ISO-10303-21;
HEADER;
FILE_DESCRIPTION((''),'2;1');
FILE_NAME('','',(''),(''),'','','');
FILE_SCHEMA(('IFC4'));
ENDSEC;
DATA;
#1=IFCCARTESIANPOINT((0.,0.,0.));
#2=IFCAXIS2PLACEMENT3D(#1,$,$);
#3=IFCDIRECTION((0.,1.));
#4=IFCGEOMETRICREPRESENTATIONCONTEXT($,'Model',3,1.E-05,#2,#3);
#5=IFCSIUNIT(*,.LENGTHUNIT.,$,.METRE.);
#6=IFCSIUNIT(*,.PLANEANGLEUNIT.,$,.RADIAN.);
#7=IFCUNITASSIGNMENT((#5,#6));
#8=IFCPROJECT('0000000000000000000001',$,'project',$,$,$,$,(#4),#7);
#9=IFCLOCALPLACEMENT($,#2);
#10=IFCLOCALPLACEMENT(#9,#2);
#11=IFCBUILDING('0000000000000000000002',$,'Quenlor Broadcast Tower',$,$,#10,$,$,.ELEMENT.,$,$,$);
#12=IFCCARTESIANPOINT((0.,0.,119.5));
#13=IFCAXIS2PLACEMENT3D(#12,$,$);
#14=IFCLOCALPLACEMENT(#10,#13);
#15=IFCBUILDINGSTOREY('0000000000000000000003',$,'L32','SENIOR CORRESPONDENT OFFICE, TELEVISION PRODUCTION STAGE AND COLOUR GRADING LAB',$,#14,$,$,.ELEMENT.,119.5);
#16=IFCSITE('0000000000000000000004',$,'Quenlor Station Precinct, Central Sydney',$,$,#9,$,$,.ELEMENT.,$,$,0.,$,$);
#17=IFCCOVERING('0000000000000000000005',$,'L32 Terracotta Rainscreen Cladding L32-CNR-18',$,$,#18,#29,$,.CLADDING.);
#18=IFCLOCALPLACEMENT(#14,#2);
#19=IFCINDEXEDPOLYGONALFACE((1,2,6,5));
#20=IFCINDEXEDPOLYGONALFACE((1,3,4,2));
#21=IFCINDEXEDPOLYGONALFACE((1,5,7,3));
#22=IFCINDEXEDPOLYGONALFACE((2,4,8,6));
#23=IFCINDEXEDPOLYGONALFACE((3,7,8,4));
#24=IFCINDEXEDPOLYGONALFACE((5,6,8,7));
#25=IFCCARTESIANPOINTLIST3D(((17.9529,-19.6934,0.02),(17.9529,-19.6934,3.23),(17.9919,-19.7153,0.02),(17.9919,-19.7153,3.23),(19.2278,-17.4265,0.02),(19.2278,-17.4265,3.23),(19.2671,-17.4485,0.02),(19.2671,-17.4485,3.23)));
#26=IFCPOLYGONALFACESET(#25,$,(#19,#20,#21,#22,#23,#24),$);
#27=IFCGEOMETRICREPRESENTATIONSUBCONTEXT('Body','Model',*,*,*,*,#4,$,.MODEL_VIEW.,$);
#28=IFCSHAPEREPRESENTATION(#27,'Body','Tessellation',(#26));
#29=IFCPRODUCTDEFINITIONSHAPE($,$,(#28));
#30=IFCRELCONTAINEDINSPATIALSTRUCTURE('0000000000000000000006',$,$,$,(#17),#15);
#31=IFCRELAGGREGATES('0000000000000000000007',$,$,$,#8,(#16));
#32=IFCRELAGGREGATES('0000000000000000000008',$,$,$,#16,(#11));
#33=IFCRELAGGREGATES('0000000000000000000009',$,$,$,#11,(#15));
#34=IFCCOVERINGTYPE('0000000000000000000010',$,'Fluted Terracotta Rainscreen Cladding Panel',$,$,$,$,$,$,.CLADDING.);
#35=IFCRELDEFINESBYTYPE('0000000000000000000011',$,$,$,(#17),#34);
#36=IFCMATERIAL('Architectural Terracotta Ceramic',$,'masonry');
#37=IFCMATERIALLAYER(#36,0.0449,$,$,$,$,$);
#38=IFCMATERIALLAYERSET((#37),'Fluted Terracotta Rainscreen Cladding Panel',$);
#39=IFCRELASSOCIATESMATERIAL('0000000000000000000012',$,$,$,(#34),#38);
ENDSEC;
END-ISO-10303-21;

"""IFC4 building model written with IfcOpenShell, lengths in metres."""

from ifc_helpers import new_model, si_unit, direction, frame, origin, place, context, subcontext, project, spatial, polyline, outline, extrude, material, layer, layer_set, type_object, element, save


model = new_model("IFC4")

# Units and contexts
model_context = context("Model", 3, precision=1e-05, world=origin(), true_north=direction((0.0, 1.0)))
body_context = subcontext(model_context, "Body", "Model", "MODEL_VIEW")
ifc_project = project(units=[si_unit("LENGTHUNIT", "METRE"), si_unit("PLANEANGLEUNIT", "RADIAN")], contexts=[model_context])

# Site, building, storey
site_placement = place(None, origin())
site = spatial("IfcSite", under=ifc_project, at=site_placement, Name="Quenlor Station Precinct, Central Sydney", CompositionType="ELEMENT", RefElevation=0.0)
building_placement = place(site_placement, origin())
building = spatial("IfcBuilding", under=site, at=building_placement, Name="Quenlor Broadcast Tower", CompositionType="ELEMENT")
storey_placement = place(building_placement, frame((0.0, 0.0, 119.5)))
storey = spatial("IfcBuildingStorey", under=building, at=storey_placement, Name="L32", Description="SENIOR CORRESPONDENT OFFICE, TELEVISION PRODUCTION STAGE AND COLOUR GRADING LAB", CompositionType="ELEMENT", Elevation=119.5)

# Covering
ifc_material_1 = material(Name="Architectural Terracotta Ceramic", Category="masonry")
ifc_layer_1 = layer(ifc_material_1, 0.0449)
ifc_layer_set_1 = layer_set([ifc_layer_1], Name="Fluted Terracotta Rainscreen Cladding Panel")
covering_type_1 = type_object("IfcCoveringType", Name="Fluted Terracotta Rainscreen Cladding Panel", PredefinedType="CLADDING", material=ifc_layer_set_1)
covering_1_placement = place(storey_placement, frame((0.0, 0.0, 0.02)))
element("IfcCovering", 1, at=covering_1_placement, inside=storey, type_object=covering_type_1, Name="L32 Terracotta Rainscreen Cladding L32-CNR-18", PredefinedType="CLADDING", context=body_context, shape_type="SweptSolid", body=[
    extrude(outline(polyline([(17.9919, -19.7153), (19.2671, -17.4485), (19.2278, -17.4265), (17.9529, -19.6934), (17.9919, -19.7153)])), origin(), (0.0, 0.0, 1.0), 3.21),
])

save(model, "model.ifc")
